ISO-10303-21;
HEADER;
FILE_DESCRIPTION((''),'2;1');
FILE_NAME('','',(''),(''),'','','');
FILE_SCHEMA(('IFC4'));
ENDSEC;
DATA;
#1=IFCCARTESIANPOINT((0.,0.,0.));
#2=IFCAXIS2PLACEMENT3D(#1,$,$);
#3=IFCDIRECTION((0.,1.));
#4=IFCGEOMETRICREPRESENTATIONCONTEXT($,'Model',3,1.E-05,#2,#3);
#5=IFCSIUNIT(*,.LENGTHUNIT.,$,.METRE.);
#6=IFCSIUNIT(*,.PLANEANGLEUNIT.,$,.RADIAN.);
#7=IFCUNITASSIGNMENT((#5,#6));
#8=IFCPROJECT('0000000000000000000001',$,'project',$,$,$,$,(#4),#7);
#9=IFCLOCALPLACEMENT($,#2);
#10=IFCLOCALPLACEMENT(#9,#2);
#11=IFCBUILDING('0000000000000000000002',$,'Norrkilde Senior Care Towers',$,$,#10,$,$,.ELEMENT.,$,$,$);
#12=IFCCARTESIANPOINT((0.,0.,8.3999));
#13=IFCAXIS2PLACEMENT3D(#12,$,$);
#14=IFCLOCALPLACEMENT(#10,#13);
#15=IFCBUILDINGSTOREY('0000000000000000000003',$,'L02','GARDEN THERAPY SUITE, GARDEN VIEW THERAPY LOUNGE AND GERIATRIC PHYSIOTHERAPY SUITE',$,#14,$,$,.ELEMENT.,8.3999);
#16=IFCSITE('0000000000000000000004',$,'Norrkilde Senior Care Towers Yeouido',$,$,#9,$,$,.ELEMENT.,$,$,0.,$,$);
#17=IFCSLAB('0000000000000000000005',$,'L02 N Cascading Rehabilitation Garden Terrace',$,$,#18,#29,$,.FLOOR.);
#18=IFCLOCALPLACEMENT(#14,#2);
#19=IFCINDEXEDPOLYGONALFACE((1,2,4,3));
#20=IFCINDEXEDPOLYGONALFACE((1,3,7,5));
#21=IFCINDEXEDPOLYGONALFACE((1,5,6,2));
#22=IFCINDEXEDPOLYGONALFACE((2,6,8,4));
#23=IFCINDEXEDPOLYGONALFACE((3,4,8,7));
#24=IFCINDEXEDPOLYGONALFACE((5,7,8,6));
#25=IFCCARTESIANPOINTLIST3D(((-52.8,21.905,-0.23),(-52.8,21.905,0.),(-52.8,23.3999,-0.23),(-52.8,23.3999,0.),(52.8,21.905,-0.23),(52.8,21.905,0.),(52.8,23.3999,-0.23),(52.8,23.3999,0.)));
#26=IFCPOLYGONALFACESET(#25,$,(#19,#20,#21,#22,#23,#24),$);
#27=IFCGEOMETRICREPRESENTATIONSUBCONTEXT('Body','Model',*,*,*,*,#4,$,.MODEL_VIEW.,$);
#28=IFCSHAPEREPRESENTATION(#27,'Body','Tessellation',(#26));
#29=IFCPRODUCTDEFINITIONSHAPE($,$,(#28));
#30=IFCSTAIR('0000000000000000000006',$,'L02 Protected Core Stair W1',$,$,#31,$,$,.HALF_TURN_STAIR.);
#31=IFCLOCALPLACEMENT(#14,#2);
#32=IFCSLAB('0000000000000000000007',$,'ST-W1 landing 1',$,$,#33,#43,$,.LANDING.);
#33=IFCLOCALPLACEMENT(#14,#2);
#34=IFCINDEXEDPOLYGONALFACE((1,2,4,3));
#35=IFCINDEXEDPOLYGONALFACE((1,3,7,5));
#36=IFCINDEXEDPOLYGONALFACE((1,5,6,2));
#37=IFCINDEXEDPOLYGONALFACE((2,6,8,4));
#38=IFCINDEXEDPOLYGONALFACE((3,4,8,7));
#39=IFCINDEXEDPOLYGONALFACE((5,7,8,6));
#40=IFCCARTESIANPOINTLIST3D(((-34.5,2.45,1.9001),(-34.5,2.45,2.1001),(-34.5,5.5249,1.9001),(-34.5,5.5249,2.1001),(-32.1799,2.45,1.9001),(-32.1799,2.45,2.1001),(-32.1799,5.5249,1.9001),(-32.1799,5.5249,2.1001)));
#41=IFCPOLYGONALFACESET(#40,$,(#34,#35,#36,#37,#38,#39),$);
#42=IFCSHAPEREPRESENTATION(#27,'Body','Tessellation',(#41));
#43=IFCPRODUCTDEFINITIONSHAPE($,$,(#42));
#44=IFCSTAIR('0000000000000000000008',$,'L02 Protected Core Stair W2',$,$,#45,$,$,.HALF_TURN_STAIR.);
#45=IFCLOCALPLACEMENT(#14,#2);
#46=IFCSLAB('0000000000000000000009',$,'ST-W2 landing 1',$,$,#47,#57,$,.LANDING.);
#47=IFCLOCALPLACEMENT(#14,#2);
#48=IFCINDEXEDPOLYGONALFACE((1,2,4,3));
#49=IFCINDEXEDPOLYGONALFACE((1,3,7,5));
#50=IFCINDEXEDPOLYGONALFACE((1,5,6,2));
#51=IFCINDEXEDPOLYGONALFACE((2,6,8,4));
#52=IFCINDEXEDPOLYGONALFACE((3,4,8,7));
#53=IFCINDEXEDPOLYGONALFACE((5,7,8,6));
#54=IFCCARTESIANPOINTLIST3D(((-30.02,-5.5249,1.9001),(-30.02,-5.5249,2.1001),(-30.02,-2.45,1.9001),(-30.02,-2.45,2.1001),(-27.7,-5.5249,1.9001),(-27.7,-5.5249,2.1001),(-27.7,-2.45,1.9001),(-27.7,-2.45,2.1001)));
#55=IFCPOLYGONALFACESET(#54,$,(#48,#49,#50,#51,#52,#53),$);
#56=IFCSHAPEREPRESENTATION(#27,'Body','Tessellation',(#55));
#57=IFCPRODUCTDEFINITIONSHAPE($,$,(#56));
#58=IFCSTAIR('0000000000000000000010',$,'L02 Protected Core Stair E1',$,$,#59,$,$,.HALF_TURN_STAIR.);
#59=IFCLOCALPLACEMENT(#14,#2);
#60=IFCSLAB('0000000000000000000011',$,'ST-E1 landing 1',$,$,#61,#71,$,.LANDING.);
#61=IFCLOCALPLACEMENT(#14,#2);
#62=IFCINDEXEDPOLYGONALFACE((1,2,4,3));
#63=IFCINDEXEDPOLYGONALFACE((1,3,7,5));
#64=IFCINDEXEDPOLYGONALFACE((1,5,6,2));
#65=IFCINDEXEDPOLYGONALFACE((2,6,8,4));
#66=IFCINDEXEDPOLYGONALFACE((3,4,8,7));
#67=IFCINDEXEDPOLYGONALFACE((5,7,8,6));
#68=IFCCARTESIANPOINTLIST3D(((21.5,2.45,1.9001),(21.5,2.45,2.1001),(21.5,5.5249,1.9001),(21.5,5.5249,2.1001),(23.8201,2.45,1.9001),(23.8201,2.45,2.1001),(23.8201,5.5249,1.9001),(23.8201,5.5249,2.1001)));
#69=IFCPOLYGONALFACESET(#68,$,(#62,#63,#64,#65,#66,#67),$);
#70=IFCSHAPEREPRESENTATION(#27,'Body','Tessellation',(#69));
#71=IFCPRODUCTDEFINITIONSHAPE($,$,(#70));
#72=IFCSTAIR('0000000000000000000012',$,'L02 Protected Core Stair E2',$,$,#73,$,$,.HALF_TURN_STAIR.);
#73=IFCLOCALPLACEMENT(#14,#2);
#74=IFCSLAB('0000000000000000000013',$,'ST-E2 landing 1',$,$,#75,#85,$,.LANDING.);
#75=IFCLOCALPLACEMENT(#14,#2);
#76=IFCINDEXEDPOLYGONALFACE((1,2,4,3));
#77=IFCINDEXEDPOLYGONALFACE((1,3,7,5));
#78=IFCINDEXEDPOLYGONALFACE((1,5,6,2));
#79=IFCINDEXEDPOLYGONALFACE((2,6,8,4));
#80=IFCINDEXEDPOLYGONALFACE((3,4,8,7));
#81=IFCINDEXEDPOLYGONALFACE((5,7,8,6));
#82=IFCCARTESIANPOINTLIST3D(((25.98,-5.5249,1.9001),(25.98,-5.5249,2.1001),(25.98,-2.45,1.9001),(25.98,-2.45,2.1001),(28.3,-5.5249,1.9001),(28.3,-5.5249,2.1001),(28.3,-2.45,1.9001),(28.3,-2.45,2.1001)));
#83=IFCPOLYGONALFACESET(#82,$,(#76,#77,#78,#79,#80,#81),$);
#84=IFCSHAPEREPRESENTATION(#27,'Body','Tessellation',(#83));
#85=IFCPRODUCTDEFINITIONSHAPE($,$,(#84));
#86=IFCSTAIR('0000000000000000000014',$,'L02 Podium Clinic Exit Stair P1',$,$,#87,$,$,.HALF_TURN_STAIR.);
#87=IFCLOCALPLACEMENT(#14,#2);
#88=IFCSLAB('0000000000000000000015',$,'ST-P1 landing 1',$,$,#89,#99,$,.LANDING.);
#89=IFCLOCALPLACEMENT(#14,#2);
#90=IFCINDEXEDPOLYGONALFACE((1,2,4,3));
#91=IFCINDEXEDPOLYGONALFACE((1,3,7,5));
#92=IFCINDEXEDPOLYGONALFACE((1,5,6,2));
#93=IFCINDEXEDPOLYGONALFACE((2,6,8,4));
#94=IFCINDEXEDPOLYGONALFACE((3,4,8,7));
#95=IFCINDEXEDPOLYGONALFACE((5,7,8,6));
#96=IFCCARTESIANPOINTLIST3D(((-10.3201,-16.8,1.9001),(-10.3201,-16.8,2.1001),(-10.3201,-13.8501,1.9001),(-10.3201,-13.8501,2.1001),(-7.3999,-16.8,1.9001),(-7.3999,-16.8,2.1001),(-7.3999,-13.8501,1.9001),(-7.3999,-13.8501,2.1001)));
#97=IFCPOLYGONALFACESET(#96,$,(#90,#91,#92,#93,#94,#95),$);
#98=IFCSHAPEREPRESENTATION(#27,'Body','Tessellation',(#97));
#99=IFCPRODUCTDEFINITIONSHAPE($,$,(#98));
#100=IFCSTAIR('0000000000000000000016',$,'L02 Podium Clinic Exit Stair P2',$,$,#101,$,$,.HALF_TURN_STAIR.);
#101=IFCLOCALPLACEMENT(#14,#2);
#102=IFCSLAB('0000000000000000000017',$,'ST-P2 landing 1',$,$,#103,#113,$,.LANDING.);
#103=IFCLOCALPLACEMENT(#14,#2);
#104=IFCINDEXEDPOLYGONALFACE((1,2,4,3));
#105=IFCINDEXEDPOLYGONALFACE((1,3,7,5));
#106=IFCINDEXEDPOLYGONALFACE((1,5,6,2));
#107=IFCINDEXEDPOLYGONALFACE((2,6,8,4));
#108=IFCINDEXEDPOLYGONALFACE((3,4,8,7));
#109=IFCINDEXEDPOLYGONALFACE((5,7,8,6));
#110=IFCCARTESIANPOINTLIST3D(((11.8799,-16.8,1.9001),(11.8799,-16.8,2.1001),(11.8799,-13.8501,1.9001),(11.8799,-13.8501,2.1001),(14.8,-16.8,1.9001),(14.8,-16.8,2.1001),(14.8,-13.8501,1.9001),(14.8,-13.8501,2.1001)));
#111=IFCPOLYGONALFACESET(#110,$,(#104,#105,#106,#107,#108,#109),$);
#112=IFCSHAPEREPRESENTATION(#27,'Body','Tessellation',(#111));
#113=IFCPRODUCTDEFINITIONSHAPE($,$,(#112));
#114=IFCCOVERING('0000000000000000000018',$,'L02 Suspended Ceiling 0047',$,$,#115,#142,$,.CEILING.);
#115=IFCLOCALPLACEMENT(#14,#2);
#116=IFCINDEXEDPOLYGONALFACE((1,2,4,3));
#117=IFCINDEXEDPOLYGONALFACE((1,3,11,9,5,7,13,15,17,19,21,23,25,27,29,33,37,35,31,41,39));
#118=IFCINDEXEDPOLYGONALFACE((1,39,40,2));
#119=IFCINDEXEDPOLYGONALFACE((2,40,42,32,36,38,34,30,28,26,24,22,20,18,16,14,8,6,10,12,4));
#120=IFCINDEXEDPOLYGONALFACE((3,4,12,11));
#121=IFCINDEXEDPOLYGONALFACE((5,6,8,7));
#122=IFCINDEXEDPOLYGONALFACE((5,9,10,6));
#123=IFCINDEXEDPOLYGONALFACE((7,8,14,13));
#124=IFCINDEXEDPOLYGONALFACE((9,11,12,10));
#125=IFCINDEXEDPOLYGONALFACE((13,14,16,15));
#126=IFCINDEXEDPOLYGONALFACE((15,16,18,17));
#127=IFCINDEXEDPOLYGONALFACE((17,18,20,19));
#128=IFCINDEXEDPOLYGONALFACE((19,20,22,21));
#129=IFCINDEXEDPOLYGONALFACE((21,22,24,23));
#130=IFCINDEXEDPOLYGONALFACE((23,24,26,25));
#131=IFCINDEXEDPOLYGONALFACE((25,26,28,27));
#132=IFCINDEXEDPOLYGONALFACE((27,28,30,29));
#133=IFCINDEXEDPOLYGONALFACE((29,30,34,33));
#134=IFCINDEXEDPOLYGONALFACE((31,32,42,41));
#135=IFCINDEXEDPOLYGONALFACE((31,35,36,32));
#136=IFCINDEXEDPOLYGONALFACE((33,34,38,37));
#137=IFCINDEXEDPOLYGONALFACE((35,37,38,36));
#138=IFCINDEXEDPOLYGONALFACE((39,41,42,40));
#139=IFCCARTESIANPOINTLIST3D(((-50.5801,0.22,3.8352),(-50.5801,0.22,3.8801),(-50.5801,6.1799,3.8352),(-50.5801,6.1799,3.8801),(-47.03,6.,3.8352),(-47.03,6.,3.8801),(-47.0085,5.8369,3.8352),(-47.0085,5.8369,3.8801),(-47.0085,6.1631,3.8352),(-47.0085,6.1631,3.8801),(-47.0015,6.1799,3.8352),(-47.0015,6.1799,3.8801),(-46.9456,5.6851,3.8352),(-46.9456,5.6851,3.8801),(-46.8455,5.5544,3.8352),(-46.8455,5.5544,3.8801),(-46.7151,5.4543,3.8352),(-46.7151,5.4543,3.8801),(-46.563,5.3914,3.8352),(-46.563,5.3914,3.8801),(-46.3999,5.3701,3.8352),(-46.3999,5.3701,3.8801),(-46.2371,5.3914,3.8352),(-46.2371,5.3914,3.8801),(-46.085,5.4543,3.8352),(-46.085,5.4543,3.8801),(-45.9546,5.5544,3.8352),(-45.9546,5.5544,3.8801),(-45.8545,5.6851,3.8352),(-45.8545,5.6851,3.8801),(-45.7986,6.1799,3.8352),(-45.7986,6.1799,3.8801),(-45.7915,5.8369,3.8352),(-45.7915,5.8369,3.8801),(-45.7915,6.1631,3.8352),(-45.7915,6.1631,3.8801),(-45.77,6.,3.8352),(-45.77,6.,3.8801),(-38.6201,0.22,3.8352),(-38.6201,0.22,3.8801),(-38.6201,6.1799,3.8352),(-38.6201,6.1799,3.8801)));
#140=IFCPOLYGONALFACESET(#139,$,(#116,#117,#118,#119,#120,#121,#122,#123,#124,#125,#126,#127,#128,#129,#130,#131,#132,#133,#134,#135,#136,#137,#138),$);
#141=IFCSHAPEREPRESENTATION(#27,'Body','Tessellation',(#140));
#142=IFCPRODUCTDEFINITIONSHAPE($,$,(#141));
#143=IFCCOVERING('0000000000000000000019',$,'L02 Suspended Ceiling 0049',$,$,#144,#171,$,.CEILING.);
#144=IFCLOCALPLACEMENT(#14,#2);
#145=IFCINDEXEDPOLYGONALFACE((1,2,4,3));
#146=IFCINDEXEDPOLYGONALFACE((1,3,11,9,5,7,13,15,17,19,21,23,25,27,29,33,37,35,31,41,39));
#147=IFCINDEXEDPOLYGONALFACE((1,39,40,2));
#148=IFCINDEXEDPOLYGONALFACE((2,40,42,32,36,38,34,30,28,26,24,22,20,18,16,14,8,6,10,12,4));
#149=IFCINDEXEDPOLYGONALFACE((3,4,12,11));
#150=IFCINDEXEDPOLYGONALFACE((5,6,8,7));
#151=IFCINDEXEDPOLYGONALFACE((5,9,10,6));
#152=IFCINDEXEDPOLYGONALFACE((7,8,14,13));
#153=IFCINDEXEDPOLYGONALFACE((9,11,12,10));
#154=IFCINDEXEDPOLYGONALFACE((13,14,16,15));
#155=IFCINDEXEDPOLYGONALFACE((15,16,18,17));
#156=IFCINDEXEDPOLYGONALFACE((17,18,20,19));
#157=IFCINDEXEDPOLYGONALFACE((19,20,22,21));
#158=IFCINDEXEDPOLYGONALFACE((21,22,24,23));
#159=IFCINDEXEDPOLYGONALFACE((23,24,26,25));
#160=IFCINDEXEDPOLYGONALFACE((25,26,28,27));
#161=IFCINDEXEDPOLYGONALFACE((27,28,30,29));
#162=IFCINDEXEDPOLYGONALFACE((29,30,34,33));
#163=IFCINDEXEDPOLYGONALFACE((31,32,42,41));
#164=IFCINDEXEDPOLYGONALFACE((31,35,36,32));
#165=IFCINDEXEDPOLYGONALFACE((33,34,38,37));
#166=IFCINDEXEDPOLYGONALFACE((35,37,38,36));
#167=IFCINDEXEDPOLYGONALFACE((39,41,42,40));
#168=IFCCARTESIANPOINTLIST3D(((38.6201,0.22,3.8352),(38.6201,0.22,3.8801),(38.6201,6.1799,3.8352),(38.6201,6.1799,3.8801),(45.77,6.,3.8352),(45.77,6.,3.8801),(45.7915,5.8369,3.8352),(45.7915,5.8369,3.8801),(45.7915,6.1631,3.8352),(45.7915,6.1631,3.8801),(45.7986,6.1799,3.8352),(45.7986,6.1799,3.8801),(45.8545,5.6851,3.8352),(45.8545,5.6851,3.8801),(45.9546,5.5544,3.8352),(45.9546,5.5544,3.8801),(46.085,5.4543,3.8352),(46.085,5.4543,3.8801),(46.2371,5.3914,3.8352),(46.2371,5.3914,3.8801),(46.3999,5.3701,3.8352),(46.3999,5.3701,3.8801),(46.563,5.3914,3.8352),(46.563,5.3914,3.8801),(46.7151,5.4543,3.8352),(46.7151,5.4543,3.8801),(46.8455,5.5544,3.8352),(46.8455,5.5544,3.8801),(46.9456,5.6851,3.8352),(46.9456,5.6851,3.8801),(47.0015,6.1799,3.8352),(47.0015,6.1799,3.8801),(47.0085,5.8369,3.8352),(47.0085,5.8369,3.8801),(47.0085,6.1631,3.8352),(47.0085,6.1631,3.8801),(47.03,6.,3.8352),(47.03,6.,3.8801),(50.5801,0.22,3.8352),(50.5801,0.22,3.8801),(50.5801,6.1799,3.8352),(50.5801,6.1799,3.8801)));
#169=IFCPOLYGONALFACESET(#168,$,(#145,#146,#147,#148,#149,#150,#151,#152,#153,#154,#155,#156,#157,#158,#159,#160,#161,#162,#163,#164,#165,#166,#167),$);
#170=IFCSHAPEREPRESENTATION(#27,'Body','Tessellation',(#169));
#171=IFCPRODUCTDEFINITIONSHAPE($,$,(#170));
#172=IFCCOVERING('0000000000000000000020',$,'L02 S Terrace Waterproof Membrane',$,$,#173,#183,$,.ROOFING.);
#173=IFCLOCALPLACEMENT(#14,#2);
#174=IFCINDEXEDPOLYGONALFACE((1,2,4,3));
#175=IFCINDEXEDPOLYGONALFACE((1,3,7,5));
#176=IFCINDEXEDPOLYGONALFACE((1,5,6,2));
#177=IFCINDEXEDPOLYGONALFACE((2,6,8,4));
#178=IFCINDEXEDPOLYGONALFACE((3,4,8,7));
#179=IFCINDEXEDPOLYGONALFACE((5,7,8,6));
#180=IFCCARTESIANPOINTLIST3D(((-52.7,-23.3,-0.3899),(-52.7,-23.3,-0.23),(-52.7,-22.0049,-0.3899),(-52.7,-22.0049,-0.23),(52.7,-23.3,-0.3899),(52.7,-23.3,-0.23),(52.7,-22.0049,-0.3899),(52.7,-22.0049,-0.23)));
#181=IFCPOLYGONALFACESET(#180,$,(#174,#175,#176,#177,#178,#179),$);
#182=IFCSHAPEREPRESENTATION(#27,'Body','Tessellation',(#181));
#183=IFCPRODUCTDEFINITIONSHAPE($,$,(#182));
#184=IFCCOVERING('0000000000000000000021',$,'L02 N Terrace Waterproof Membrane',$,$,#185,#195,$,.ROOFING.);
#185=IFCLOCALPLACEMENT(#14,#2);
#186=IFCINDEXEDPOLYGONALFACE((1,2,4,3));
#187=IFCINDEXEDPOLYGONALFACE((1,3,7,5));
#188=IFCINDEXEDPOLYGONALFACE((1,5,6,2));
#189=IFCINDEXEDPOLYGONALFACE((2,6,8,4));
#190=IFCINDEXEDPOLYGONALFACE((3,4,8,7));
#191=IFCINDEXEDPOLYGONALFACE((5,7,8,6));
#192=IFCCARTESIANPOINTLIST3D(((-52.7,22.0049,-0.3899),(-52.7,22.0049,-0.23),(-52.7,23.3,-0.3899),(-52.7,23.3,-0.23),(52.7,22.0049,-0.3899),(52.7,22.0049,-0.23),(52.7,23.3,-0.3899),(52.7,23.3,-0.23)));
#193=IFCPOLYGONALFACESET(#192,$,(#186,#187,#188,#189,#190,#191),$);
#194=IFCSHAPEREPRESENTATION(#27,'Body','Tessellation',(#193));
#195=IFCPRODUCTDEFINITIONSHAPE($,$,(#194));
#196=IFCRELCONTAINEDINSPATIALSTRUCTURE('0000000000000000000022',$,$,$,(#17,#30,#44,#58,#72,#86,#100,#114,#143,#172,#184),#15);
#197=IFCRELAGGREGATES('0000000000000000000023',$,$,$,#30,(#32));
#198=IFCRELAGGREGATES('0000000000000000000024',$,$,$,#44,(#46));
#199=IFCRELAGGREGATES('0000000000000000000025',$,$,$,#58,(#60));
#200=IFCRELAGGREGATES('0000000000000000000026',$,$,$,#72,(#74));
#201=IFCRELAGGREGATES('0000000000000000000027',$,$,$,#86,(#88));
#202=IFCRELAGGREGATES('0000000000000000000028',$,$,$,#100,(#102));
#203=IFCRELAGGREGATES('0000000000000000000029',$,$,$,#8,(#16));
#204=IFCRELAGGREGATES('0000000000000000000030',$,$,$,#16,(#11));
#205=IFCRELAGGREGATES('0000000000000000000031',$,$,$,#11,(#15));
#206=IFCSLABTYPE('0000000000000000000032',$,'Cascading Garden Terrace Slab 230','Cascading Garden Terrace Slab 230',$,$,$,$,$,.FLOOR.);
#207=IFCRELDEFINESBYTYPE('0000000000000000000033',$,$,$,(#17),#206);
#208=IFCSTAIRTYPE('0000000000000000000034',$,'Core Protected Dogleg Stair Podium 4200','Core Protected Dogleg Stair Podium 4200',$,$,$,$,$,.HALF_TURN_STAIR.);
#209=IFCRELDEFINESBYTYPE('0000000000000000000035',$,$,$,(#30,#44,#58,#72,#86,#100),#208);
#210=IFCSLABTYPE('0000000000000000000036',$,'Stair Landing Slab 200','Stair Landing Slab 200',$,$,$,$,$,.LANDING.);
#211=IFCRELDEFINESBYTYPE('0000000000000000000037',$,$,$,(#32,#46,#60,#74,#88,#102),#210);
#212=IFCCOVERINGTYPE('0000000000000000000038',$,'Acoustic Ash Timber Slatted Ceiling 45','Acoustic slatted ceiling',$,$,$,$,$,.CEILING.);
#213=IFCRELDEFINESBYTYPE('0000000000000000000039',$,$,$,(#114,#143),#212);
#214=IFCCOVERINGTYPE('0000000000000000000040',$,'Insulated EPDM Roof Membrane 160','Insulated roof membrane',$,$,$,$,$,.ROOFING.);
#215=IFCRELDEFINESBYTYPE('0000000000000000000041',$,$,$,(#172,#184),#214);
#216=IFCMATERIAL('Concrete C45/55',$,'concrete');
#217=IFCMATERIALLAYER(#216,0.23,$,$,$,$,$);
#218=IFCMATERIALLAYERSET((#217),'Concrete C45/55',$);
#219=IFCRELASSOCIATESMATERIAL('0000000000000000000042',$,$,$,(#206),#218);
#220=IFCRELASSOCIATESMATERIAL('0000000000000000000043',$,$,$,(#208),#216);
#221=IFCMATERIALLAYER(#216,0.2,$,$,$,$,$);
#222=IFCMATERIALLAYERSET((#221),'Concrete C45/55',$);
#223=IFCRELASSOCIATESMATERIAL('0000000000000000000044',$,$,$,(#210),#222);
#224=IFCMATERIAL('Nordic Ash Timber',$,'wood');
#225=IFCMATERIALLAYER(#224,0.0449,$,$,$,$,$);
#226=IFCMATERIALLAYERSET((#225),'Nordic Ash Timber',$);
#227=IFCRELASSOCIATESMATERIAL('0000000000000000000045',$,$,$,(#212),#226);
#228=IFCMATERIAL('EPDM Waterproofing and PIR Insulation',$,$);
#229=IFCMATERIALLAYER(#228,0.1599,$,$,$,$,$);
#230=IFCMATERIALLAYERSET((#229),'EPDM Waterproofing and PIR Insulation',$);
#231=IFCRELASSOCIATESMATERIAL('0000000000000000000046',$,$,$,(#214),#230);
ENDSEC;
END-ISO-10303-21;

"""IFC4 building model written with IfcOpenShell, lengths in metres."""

from ifc_helpers import new_model, si_unit, direction, frame, origin, place, context, subcontext, project, spatial, polyline, outline, extrude, material, layer, layer_set, type_object, element, aggregate, save


model = new_model("IFC4")

# Units and contexts
model_context = context("Model", 3, precision=1e-05, world=origin(), true_north=direction((0.0, 1.0)))
body_context = subcontext(model_context, "Body", "Model", "MODEL_VIEW")
ifc_project = project(units=[si_unit("LENGTHUNIT", "METRE"), si_unit("PLANEANGLEUNIT", "RADIAN")], contexts=[model_context])

# Site, building, storey
site_placement = place(None, origin())
site = spatial("IfcSite", under=ifc_project, at=site_placement, Name="Norrkilde Senior Care Towers Yeouido", CompositionType="ELEMENT", RefElevation=0.0)
building_placement = place(site_placement, origin())
building = spatial("IfcBuilding", under=site, at=building_placement, Name="Norrkilde Senior Care Towers", CompositionType="ELEMENT")
storey_placement = place(building_placement, frame((0.0, 0.0, 8.3999)))
storey = spatial("IfcBuildingStorey", under=building, at=storey_placement, Name="L02", Description="GARDEN THERAPY SUITE, GARDEN VIEW THERAPY LOUNGE AND GERIATRIC PHYSIOTHERAPY SUITE", CompositionType="ELEMENT", Elevation=8.3999)

# Slab
ifc_material_1 = material(Name="Concrete C45/55", Category="concrete")
ifc_layer_1 = layer(ifc_material_1, 0.23)
ifc_layer_set_1 = layer_set([ifc_layer_1], Name="Concrete C45/55")
slab_type_1 = type_object("IfcSlabType", Name="Cascading Garden Terrace Slab 230", Description="Cascading Garden Terrace Slab 230", PredefinedType="FLOOR", material=ifc_layer_set_1)
slab_1_placement = place(storey_placement, frame((0.0, 0.0, -0.23)))
element("IfcSlab", 1, at=slab_1_placement, inside=storey, type_object=slab_type_1, Name="L02 N Cascading Rehabilitation Garden Terrace", PredefinedType="FLOOR", context=body_context, shape_type="SweptSolid", body=[
    extrude(outline(polyline([(-52.8, 21.905), (52.8, 21.905), (52.8, 23.3999), (-52.8, 23.3999), (-52.8, 21.905)])), origin(), (0.0, 0.0, 1.0), 0.23),
])

# Stairs, slabs
stair_type = type_object("IfcStairType", Name="Core Protected Dogleg Stair Podium 4200", Description="Core Protected Dogleg Stair Podium 4200", PredefinedType="HALF_TURN_STAIR", material=ifc_material_1)
stair_1_placement = place(storey_placement, origin())
stair_1 = element("IfcStair", 2, at=stair_1_placement, inside=storey, type_object=stair_type, Name="L02 Protected Core Stair W1", PredefinedType="HALF_TURN_STAIR")
ifc_layer_2 = layer(ifc_material_1, 0.2)
ifc_layer_set_2 = layer_set([ifc_layer_2], Name="Concrete C45/55")
slab_type_2 = type_object("IfcSlabType", Name="Stair Landing Slab 200", Description="Stair Landing Slab 200", PredefinedType="LANDING", material=ifc_layer_set_2)
slab_2_placement = place(storey_placement, frame((0.0, 0.0, 1.9001)))
slab_2 = element("IfcSlab", 3, at=slab_2_placement, type_object=slab_type_2, Name="ST-W1 landing 1", PredefinedType="LANDING", context=body_context, shape_type="SweptSolid", body=[
    extrude(outline(polyline([(-32.1799, 5.5249), (-34.5, 5.5249), (-34.5, 2.45), (-32.1799, 2.45), (-32.1799, 5.5249)])), origin(), (0.0, 0.0, 1.0), 0.2),
])
aggregate(stair_1, [slab_2])
stair_2_placement = place(storey_placement, origin())
stair_2 = element("IfcStair", 4, at=stair_2_placement, inside=storey, type_object=stair_type, Name="L02 Protected Core Stair W2", PredefinedType="HALF_TURN_STAIR")
slab_3_placement = place(storey_placement, frame((0.0, 0.0, 1.9001)))
slab_3 = element("IfcSlab", 5, at=slab_3_placement, type_object=slab_type_2, Name="ST-W2 landing 1", PredefinedType="LANDING", context=body_context, shape_type="SweptSolid", body=[
    extrude(outline(polyline([(-30.02, -5.5249), (-27.7, -5.5249), (-27.7, -2.45), (-30.02, -2.45), (-30.02, -5.5249)])), origin(), (0.0, 0.0, 1.0), 0.2),
])
aggregate(stair_2, [slab_3])
stair_3_placement = place(storey_placement, origin())
stair_3 = element("IfcStair", 6, at=stair_3_placement, inside=storey, type_object=stair_type, Name="L02 Protected Core Stair E1", PredefinedType="HALF_TURN_STAIR")
slab_4_placement = place(storey_placement, frame((0.0, 0.0, 1.9001)))
slab_4 = element("IfcSlab", 7, at=slab_4_placement, type_object=slab_type_2, Name="ST-E1 landing 1", PredefinedType="LANDING", context=body_context, shape_type="SweptSolid", body=[
    extrude(outline(polyline([(23.8201, 5.5249), (21.5, 5.5249), (21.5, 2.45), (23.8201, 2.45), (23.8201, 5.5249)])), origin(), (0.0, 0.0, 1.0), 0.2),
])
aggregate(stair_3, [slab_4])
stair_4_placement = place(storey_placement, origin())
stair_4 = element("IfcStair", 8, at=stair_4_placement, inside=storey, type_object=stair_type, Name="L02 Protected Core Stair E2", PredefinedType="HALF_TURN_STAIR")
slab_5_placement = place(storey_placement, frame((0.0, 0.0, 1.9001)))
slab_5 = element("IfcSlab", 9, at=slab_5_placement, type_object=slab_type_2, Name="ST-E2 landing 1", PredefinedType="LANDING", context=body_context, shape_type="SweptSolid", body=[
    extrude(outline(polyline([(25.98, -5.5249), (28.3, -5.5249), (28.3, -2.45), (25.98, -2.45), (25.98, -5.5249)])), origin(), (0.0, 0.0, 1.0), 0.2),
])
aggregate(stair_4, [slab_5])
stair_5_placement = place(storey_placement, origin())
stair_5 = element("IfcStair", 10, at=stair_5_placement, inside=storey, type_object=stair_type, Name="L02 Podium Clinic Exit Stair P1", PredefinedType="HALF_TURN_STAIR")
slab_6_placement = place(storey_placement, frame((0.0, 0.0, 1.9001)))
slab_6 = element("IfcSlab", 11, at=slab_6_placement, type_object=slab_type_2, Name="ST-P1 landing 1", PredefinedType="LANDING", context=body_context, shape_type="SweptSolid", body=[
    extrude(outline(polyline([(-10.3201, -16.8), (-7.3999, -16.8), (-7.3999, -13.8501), (-10.3201, -13.8501), (-10.3201, -16.8)])), origin(), (0.0, 0.0, 1.0), 0.2),
])
aggregate(stair_5, [slab_6])
stair_6_placement = place(storey_placement, origin())
stair_6 = element("IfcStair", 12, at=stair_6_placement, inside=storey, type_object=stair_type, Name="L02 Podium Clinic Exit Stair P2", PredefinedType="HALF_TURN_STAIR")
slab_7_placement = place(storey_placement, frame((0.0, 0.0, 1.9001)))
slab_7 = element("IfcSlab", 13, at=slab_7_placement, type_object=slab_type_2, Name="ST-P2 landing 1", PredefinedType="LANDING", context=body_context, shape_type="SweptSolid", body=[
    extrude(outline(polyline([(11.8799, -16.8), (14.8, -16.8), (14.8, -13.8501), (11.8799, -13.8501), (11.8799, -16.8)])), origin(), (0.0, 0.0, 1.0), 0.2),
])
aggregate(stair_6, [slab_7])

# Coverings
ifc_material_2 = material(Name="Nordic Ash Timber", Category="wood")
ifc_layer_3 = layer(ifc_material_2, 0.0449)
ifc_layer_set_3 = layer_set([ifc_layer_3], Name="Nordic Ash Timber")
covering_type_1 = type_object("IfcCoveringType", Name="Acoustic Ash Timber Slatted Ceiling 45", Description="Acoustic slatted ceiling", PredefinedType="CEILING", material=ifc_layer_set_3)
covering_1_placement = place(storey_placement, frame((0.0, 0.0, 3.8352)))
element("IfcCovering", 14, at=covering_1_placement, inside=storey, type_object=covering_type_1, Name="L02 Suspended Ceiling 0047", PredefinedType="CEILING", context=body_context, shape_type="SweptSolid", body=[
    extrude(outline(polyline([(-38.6201, 0.22), (-50.5801, 0.22), (-50.5801, 6.1799), (-47.0015, 6.1799), (-47.0085, 6.1631), (-47.03, 6.0), (-47.0085, 5.8369), (-46.9456, 5.6851), (-46.8455, 5.5544), (-46.7151, 5.4543), (-46.563, 5.3914), (-46.3999, 5.3701), (-46.2371, 5.3914), (-46.085, 5.4543), (-45.9546, 5.5544), (-45.8545, 5.6851), (-45.7915, 5.8369), (-45.77, 6.0), (-45.7915, 6.1631), (-45.7986, 6.1799), (-38.6201, 6.1799), (-38.6201, 0.22)])), origin(), (0.0, 0.0, 1.0), 0.0449),
])
covering_2_placement = place(storey_placement, frame((0.0, 0.0, 3.8352)))
element("IfcCovering", 15, at=covering_2_placement, inside=storey, type_object=covering_type_1, Name="L02 Suspended Ceiling 0049", PredefinedType="CEILING", context=body_context, shape_type="SweptSolid", body=[
    extrude(outline(polyline([(50.5801, 0.22), (38.6201, 0.22), (38.6201, 6.1799), (45.7986, 6.1799), (45.7915, 6.1631), (45.77, 6.0), (45.7915, 5.8369), (45.8545, 5.6851), (45.9546, 5.5544), (46.085, 5.4543), (46.2371, 5.3914), (46.3999, 5.3701), (46.563, 5.3914), (46.7151, 5.4543), (46.8455, 5.5544), (46.9456, 5.6851), (47.0085, 5.8369), (47.03, 6.0), (47.0085, 6.1631), (47.0015, 6.1799), (50.5801, 6.1799), (50.5801, 0.22)])), origin(), (0.0, 0.0, 1.0), 0.0449),
])
ifc_material_3 = material(Name="EPDM Waterproofing and PIR Insulation")
ifc_layer_4 = layer(ifc_material_3, 0.1599)
ifc_layer_set_4 = layer_set([ifc_layer_4], Name="EPDM Waterproofing and PIR Insulation")
covering_type_2 = type_object("IfcCoveringType", Name="Insulated EPDM Roof Membrane 160", Description="Insulated roof membrane", PredefinedType="ROOFING", material=ifc_layer_set_4)
covering_3_placement = place(storey_placement, frame((0.0, 0.0, -0.3899)))
element("IfcCovering", 16, at=covering_3_placement, inside=storey, type_object=covering_type_2, Name="L02 S Terrace Waterproof Membrane", PredefinedType="ROOFING", context=body_context, shape_type="SweptSolid", body=[
    extrude(outline(polyline([(-52.7, -23.3), (52.7, -23.3), (52.7, -22.0049), (-52.7, -22.0049), (-52.7, -23.3)])), origin(), (0.0, 0.0, 1.0), 0.1599),
])
covering_4_placement = place(storey_placement, frame((0.0, 0.0, -0.3899)))
element("IfcCovering", 17, at=covering_4_placement, inside=storey, type_object=covering_type_2, Name="L02 N Terrace Waterproof Membrane", PredefinedType="ROOFING", context=body_context, shape_type="SweptSolid", body=[
    extrude(outline(polyline([(-52.7, 22.0049), (52.7, 22.0049), (52.7, 23.3), (-52.7, 23.3), (-52.7, 22.0049)])), origin(), (0.0, 0.0, 1.0), 0.1599),
])

save(model, "model.ifc")
